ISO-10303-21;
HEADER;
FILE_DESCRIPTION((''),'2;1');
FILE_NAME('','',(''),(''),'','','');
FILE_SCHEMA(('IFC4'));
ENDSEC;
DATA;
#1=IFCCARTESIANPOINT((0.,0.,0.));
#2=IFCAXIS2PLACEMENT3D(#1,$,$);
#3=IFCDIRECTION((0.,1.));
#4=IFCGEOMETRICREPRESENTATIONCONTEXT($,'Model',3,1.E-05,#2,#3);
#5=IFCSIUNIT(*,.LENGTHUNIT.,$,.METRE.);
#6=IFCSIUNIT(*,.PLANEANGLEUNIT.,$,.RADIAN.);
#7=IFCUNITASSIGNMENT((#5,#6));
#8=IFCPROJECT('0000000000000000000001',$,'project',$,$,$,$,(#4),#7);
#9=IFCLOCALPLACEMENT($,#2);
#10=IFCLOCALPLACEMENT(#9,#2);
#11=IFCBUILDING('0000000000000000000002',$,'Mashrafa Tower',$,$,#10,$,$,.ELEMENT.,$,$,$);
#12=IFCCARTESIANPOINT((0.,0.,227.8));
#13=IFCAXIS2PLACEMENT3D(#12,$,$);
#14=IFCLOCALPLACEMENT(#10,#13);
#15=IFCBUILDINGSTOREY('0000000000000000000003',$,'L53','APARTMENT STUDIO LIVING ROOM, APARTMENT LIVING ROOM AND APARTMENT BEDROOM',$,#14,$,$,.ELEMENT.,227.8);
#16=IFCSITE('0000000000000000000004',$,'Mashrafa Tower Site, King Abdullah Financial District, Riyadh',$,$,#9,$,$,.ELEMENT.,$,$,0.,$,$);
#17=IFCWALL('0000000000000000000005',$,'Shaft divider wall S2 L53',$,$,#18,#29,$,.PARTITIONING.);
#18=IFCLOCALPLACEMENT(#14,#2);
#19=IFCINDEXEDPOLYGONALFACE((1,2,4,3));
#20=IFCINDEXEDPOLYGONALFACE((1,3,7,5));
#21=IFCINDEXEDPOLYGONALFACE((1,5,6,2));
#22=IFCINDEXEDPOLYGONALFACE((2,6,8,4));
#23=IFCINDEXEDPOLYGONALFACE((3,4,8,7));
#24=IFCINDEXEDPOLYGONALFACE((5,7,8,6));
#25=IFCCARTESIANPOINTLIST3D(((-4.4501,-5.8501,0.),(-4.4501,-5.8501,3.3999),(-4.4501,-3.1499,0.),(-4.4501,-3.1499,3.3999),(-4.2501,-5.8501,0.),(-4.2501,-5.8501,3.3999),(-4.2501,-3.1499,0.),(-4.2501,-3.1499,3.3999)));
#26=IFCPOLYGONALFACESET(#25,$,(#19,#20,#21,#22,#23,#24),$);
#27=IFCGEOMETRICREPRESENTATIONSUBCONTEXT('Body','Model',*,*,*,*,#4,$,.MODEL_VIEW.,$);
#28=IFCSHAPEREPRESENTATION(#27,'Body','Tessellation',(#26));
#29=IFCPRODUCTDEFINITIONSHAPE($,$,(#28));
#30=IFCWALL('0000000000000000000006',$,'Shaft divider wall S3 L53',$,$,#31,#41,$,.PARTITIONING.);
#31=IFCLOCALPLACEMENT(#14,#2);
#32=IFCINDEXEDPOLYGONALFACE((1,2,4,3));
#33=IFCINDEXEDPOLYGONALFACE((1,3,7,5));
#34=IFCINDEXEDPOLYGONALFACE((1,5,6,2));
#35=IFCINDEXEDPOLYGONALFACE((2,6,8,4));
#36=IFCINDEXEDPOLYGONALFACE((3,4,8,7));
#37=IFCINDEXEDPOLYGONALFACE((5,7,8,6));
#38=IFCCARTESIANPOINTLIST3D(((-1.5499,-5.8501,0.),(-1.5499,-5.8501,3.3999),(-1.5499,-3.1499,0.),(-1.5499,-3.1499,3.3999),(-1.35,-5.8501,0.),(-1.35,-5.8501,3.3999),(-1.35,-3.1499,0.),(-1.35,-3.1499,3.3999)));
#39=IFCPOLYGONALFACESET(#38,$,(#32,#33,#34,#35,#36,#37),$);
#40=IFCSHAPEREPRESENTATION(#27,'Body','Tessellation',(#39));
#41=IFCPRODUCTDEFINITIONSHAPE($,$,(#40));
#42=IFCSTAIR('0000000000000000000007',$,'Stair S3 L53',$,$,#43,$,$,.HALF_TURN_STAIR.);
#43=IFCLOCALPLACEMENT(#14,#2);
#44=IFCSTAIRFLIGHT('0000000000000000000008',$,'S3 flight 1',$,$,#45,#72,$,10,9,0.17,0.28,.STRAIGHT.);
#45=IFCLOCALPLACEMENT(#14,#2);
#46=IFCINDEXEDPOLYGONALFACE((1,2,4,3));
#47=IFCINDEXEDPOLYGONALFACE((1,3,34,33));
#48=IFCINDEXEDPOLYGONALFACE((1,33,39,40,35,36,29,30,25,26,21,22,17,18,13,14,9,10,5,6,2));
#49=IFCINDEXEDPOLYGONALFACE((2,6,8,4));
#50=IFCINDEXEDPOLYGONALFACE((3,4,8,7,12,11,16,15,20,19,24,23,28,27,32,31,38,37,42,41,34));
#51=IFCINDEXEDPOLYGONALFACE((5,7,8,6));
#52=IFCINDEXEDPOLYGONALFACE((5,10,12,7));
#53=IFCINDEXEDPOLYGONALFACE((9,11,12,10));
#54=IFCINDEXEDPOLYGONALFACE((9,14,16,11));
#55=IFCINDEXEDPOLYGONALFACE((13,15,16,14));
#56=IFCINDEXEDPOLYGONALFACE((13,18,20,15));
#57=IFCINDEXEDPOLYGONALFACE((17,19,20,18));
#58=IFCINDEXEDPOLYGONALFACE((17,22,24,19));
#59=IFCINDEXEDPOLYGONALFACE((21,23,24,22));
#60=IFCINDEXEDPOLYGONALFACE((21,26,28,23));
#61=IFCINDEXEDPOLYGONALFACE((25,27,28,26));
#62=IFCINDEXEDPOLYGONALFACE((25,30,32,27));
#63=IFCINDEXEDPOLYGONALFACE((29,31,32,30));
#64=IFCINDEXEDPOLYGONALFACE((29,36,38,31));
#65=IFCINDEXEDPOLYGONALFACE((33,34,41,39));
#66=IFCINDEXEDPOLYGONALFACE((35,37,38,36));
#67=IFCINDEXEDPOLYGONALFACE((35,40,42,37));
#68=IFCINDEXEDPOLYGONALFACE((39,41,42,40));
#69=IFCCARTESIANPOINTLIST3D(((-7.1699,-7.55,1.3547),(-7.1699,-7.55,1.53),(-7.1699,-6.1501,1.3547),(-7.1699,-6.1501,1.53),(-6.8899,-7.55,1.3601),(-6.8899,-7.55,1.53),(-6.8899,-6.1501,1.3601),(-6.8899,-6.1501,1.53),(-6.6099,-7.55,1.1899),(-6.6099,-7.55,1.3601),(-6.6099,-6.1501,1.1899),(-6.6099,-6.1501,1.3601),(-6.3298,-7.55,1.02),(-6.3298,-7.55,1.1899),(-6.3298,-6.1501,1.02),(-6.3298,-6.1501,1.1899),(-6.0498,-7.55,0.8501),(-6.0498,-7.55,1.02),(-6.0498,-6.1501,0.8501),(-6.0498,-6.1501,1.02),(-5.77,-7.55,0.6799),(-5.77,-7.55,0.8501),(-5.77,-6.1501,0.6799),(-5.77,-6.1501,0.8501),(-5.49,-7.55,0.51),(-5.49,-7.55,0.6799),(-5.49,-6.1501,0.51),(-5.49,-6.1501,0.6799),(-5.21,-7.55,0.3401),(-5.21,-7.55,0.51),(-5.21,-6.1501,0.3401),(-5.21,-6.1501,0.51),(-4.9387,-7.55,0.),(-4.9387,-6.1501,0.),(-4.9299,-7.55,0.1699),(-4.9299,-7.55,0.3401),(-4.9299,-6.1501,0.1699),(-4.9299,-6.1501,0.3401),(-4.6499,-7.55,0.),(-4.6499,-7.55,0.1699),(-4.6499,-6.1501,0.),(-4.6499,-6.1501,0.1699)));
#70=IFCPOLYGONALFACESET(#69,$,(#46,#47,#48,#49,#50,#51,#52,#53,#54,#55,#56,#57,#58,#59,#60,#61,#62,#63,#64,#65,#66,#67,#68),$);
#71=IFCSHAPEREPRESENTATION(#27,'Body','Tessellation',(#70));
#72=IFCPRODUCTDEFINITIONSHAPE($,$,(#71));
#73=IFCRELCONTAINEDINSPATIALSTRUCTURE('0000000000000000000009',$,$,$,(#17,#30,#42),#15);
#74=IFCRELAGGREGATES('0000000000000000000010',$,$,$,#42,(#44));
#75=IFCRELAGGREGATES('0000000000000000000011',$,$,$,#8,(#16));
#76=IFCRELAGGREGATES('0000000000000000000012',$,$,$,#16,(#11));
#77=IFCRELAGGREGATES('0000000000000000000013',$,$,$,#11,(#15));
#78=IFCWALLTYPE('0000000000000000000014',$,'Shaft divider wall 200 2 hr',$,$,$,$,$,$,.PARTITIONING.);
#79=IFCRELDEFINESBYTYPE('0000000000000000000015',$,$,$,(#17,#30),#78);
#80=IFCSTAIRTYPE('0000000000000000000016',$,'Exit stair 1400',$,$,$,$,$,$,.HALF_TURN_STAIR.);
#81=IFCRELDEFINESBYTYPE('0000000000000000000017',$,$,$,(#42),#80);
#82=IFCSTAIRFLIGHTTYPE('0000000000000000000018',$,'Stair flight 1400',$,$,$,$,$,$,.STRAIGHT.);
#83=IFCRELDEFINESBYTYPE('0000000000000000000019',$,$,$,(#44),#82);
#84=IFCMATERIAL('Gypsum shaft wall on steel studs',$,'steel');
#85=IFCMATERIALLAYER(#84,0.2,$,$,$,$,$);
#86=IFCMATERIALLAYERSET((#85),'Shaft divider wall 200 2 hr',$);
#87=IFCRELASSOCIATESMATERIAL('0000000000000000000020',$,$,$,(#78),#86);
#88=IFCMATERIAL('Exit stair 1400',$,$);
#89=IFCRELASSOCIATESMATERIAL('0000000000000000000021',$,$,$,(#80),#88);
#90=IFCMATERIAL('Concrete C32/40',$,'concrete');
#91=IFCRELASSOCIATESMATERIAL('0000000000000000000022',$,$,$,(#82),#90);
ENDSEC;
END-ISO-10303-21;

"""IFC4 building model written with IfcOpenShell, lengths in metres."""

from ifc_helpers import new_model, si_unit, direction, frame, frame_2d, origin, place, context, subcontext, project, spatial, polyline, rectangle, outline, extrude, material, layer, layer_set, type_object, element, aggregate, save


model = new_model("IFC4")

# Units and contexts
model_context = context("Model", 3, precision=1e-05, world=origin(), true_north=direction((0.0, 1.0)))
body_context = subcontext(model_context, "Body", "Model", "MODEL_VIEW")
ifc_project = project(units=[si_unit("LENGTHUNIT", "METRE"), si_unit("PLANEANGLEUNIT", "RADIAN")], contexts=[model_context])

# Site, building, storey
site_placement = place(None, origin())
site = spatial("IfcSite", under=ifc_project, at=site_placement, Name="Mashrafa Tower Site, King Abdullah Financial District, Riyadh", CompositionType="ELEMENT", RefElevation=0.0)
building_placement = place(site_placement, origin())
building = spatial("IfcBuilding", under=site, at=building_placement, Name="Mashrafa Tower", CompositionType="ELEMENT")
storey_placement = place(building_placement, frame((0.0, 0.0, 227.8)))
storey = spatial("IfcBuildingStorey", under=building, at=storey_placement, Name="L53", Description="APARTMENT STUDIO LIVING ROOM, APARTMENT LIVING ROOM AND APARTMENT BEDROOM", CompositionType="ELEMENT", Elevation=227.8)

# Walls
ifc_material_1 = material(Name="Gypsum shaft wall on steel studs", Category="steel")
ifc_layer_1 = layer(ifc_material_1, 0.2)
ifc_layer_set_1 = layer_set([ifc_layer_1], Name="Shaft divider wall 200 2 hr")
wall_type_1 = type_object("IfcWallType", Name="Shaft divider wall 200 2 hr", PredefinedType="PARTITIONING", material=ifc_layer_set_1)
for number, where, z_axis, x_axis, name in (
    (1, (-4.3501, -5.8501, 0.0), (0.0, 0.0, 1.0), (0.0, 1.0, 0.0), "Shaft divider wall S2 L53"),
    (2, (-1.45, -5.8501, 0.0), (0.0, 0.0, 1.0), (0.0, 1.0, 0.0), "Shaft divider wall S3 L53"),
):
    element("IfcWall", number, at=place(storey_placement, frame(where, z_axis=z_axis, x_axis=x_axis)), inside=storey, type_object=wall_type_1, Name=name, PredefinedType="PARTITIONING", context=body_context, shape_type="SweptSolid", body=[
        extrude(rectangle(XDim=2.7002, YDim=0.2, at=frame_2d((1.3501, 0.0))), origin(), (0.0, 0.0, 1.0), 3.3999),
    ])

# Stair, stair flight
ifc_material_2 = material(Name="Exit stair 1400")
stair_type = type_object("IfcStairType", Name="Exit stair 1400", PredefinedType="HALF_TURN_STAIR", material=ifc_material_2)
stair_placement = place(storey_placement, origin())
stair = element("IfcStair", 3, at=stair_placement, inside=storey, type_object=stair_type, Name="Stair S3 L53", PredefinedType="HALF_TURN_STAIR")
ifc_material_3 = material(Name="Concrete C32/40", Category="concrete")
stair_flight_type = type_object("IfcStairFlightType", Name="Stair flight 1400", PredefinedType="STRAIGHT", material=ifc_material_3)
stair_flight_placement = place(storey_placement, frame((-4.6499, -6.8501, 0.0), z_axis=(0.0, 0.0, 1.0), x_axis=(-1.0, 0.0, 0.0)))
stair_flight = element("IfcStairFlight", 4, at=stair_flight_placement, type_object=stair_flight_type, Name="S3 flight 1", NumberOfRisers=10, NumberOfTreads=9, PredefinedType="STRAIGHT", RiserHeight=0.17, TreadLength=0.28, context=body_context, shape_type="SweptSolid", body=[
    extrude(outline(polyline([(0.0, 0.0), (0.0, 0.1699), (0.28, 0.1699), (0.28, 0.3401), (0.5601, 0.3401), (0.5601, 0.51), (0.8401, 0.51), (0.8401, 0.6799), (1.1201, 0.6799), (1.1201, 0.8501), (1.3999, 0.8501), (1.3999, 1.02), (1.6799, 1.02), (1.6799, 1.1899), (1.96, 1.1899), (1.96, 1.3601), (2.24, 1.3601), (2.24, 1.53), (2.52, 1.53), (2.52, 1.7), (2.52, 1.3547), (0.2888, 0.0), (0.0, 0.0)])), frame((0.0, 0.7, 0.0), z_axis=(0.0, -1.0, 0.0), x_axis=(1.0, 0.0, 0.0)), (0.0, 0.0, 1.0), 1.3999),
])
aggregate(stair, [stair_flight])

save(model, "model.ifc")
